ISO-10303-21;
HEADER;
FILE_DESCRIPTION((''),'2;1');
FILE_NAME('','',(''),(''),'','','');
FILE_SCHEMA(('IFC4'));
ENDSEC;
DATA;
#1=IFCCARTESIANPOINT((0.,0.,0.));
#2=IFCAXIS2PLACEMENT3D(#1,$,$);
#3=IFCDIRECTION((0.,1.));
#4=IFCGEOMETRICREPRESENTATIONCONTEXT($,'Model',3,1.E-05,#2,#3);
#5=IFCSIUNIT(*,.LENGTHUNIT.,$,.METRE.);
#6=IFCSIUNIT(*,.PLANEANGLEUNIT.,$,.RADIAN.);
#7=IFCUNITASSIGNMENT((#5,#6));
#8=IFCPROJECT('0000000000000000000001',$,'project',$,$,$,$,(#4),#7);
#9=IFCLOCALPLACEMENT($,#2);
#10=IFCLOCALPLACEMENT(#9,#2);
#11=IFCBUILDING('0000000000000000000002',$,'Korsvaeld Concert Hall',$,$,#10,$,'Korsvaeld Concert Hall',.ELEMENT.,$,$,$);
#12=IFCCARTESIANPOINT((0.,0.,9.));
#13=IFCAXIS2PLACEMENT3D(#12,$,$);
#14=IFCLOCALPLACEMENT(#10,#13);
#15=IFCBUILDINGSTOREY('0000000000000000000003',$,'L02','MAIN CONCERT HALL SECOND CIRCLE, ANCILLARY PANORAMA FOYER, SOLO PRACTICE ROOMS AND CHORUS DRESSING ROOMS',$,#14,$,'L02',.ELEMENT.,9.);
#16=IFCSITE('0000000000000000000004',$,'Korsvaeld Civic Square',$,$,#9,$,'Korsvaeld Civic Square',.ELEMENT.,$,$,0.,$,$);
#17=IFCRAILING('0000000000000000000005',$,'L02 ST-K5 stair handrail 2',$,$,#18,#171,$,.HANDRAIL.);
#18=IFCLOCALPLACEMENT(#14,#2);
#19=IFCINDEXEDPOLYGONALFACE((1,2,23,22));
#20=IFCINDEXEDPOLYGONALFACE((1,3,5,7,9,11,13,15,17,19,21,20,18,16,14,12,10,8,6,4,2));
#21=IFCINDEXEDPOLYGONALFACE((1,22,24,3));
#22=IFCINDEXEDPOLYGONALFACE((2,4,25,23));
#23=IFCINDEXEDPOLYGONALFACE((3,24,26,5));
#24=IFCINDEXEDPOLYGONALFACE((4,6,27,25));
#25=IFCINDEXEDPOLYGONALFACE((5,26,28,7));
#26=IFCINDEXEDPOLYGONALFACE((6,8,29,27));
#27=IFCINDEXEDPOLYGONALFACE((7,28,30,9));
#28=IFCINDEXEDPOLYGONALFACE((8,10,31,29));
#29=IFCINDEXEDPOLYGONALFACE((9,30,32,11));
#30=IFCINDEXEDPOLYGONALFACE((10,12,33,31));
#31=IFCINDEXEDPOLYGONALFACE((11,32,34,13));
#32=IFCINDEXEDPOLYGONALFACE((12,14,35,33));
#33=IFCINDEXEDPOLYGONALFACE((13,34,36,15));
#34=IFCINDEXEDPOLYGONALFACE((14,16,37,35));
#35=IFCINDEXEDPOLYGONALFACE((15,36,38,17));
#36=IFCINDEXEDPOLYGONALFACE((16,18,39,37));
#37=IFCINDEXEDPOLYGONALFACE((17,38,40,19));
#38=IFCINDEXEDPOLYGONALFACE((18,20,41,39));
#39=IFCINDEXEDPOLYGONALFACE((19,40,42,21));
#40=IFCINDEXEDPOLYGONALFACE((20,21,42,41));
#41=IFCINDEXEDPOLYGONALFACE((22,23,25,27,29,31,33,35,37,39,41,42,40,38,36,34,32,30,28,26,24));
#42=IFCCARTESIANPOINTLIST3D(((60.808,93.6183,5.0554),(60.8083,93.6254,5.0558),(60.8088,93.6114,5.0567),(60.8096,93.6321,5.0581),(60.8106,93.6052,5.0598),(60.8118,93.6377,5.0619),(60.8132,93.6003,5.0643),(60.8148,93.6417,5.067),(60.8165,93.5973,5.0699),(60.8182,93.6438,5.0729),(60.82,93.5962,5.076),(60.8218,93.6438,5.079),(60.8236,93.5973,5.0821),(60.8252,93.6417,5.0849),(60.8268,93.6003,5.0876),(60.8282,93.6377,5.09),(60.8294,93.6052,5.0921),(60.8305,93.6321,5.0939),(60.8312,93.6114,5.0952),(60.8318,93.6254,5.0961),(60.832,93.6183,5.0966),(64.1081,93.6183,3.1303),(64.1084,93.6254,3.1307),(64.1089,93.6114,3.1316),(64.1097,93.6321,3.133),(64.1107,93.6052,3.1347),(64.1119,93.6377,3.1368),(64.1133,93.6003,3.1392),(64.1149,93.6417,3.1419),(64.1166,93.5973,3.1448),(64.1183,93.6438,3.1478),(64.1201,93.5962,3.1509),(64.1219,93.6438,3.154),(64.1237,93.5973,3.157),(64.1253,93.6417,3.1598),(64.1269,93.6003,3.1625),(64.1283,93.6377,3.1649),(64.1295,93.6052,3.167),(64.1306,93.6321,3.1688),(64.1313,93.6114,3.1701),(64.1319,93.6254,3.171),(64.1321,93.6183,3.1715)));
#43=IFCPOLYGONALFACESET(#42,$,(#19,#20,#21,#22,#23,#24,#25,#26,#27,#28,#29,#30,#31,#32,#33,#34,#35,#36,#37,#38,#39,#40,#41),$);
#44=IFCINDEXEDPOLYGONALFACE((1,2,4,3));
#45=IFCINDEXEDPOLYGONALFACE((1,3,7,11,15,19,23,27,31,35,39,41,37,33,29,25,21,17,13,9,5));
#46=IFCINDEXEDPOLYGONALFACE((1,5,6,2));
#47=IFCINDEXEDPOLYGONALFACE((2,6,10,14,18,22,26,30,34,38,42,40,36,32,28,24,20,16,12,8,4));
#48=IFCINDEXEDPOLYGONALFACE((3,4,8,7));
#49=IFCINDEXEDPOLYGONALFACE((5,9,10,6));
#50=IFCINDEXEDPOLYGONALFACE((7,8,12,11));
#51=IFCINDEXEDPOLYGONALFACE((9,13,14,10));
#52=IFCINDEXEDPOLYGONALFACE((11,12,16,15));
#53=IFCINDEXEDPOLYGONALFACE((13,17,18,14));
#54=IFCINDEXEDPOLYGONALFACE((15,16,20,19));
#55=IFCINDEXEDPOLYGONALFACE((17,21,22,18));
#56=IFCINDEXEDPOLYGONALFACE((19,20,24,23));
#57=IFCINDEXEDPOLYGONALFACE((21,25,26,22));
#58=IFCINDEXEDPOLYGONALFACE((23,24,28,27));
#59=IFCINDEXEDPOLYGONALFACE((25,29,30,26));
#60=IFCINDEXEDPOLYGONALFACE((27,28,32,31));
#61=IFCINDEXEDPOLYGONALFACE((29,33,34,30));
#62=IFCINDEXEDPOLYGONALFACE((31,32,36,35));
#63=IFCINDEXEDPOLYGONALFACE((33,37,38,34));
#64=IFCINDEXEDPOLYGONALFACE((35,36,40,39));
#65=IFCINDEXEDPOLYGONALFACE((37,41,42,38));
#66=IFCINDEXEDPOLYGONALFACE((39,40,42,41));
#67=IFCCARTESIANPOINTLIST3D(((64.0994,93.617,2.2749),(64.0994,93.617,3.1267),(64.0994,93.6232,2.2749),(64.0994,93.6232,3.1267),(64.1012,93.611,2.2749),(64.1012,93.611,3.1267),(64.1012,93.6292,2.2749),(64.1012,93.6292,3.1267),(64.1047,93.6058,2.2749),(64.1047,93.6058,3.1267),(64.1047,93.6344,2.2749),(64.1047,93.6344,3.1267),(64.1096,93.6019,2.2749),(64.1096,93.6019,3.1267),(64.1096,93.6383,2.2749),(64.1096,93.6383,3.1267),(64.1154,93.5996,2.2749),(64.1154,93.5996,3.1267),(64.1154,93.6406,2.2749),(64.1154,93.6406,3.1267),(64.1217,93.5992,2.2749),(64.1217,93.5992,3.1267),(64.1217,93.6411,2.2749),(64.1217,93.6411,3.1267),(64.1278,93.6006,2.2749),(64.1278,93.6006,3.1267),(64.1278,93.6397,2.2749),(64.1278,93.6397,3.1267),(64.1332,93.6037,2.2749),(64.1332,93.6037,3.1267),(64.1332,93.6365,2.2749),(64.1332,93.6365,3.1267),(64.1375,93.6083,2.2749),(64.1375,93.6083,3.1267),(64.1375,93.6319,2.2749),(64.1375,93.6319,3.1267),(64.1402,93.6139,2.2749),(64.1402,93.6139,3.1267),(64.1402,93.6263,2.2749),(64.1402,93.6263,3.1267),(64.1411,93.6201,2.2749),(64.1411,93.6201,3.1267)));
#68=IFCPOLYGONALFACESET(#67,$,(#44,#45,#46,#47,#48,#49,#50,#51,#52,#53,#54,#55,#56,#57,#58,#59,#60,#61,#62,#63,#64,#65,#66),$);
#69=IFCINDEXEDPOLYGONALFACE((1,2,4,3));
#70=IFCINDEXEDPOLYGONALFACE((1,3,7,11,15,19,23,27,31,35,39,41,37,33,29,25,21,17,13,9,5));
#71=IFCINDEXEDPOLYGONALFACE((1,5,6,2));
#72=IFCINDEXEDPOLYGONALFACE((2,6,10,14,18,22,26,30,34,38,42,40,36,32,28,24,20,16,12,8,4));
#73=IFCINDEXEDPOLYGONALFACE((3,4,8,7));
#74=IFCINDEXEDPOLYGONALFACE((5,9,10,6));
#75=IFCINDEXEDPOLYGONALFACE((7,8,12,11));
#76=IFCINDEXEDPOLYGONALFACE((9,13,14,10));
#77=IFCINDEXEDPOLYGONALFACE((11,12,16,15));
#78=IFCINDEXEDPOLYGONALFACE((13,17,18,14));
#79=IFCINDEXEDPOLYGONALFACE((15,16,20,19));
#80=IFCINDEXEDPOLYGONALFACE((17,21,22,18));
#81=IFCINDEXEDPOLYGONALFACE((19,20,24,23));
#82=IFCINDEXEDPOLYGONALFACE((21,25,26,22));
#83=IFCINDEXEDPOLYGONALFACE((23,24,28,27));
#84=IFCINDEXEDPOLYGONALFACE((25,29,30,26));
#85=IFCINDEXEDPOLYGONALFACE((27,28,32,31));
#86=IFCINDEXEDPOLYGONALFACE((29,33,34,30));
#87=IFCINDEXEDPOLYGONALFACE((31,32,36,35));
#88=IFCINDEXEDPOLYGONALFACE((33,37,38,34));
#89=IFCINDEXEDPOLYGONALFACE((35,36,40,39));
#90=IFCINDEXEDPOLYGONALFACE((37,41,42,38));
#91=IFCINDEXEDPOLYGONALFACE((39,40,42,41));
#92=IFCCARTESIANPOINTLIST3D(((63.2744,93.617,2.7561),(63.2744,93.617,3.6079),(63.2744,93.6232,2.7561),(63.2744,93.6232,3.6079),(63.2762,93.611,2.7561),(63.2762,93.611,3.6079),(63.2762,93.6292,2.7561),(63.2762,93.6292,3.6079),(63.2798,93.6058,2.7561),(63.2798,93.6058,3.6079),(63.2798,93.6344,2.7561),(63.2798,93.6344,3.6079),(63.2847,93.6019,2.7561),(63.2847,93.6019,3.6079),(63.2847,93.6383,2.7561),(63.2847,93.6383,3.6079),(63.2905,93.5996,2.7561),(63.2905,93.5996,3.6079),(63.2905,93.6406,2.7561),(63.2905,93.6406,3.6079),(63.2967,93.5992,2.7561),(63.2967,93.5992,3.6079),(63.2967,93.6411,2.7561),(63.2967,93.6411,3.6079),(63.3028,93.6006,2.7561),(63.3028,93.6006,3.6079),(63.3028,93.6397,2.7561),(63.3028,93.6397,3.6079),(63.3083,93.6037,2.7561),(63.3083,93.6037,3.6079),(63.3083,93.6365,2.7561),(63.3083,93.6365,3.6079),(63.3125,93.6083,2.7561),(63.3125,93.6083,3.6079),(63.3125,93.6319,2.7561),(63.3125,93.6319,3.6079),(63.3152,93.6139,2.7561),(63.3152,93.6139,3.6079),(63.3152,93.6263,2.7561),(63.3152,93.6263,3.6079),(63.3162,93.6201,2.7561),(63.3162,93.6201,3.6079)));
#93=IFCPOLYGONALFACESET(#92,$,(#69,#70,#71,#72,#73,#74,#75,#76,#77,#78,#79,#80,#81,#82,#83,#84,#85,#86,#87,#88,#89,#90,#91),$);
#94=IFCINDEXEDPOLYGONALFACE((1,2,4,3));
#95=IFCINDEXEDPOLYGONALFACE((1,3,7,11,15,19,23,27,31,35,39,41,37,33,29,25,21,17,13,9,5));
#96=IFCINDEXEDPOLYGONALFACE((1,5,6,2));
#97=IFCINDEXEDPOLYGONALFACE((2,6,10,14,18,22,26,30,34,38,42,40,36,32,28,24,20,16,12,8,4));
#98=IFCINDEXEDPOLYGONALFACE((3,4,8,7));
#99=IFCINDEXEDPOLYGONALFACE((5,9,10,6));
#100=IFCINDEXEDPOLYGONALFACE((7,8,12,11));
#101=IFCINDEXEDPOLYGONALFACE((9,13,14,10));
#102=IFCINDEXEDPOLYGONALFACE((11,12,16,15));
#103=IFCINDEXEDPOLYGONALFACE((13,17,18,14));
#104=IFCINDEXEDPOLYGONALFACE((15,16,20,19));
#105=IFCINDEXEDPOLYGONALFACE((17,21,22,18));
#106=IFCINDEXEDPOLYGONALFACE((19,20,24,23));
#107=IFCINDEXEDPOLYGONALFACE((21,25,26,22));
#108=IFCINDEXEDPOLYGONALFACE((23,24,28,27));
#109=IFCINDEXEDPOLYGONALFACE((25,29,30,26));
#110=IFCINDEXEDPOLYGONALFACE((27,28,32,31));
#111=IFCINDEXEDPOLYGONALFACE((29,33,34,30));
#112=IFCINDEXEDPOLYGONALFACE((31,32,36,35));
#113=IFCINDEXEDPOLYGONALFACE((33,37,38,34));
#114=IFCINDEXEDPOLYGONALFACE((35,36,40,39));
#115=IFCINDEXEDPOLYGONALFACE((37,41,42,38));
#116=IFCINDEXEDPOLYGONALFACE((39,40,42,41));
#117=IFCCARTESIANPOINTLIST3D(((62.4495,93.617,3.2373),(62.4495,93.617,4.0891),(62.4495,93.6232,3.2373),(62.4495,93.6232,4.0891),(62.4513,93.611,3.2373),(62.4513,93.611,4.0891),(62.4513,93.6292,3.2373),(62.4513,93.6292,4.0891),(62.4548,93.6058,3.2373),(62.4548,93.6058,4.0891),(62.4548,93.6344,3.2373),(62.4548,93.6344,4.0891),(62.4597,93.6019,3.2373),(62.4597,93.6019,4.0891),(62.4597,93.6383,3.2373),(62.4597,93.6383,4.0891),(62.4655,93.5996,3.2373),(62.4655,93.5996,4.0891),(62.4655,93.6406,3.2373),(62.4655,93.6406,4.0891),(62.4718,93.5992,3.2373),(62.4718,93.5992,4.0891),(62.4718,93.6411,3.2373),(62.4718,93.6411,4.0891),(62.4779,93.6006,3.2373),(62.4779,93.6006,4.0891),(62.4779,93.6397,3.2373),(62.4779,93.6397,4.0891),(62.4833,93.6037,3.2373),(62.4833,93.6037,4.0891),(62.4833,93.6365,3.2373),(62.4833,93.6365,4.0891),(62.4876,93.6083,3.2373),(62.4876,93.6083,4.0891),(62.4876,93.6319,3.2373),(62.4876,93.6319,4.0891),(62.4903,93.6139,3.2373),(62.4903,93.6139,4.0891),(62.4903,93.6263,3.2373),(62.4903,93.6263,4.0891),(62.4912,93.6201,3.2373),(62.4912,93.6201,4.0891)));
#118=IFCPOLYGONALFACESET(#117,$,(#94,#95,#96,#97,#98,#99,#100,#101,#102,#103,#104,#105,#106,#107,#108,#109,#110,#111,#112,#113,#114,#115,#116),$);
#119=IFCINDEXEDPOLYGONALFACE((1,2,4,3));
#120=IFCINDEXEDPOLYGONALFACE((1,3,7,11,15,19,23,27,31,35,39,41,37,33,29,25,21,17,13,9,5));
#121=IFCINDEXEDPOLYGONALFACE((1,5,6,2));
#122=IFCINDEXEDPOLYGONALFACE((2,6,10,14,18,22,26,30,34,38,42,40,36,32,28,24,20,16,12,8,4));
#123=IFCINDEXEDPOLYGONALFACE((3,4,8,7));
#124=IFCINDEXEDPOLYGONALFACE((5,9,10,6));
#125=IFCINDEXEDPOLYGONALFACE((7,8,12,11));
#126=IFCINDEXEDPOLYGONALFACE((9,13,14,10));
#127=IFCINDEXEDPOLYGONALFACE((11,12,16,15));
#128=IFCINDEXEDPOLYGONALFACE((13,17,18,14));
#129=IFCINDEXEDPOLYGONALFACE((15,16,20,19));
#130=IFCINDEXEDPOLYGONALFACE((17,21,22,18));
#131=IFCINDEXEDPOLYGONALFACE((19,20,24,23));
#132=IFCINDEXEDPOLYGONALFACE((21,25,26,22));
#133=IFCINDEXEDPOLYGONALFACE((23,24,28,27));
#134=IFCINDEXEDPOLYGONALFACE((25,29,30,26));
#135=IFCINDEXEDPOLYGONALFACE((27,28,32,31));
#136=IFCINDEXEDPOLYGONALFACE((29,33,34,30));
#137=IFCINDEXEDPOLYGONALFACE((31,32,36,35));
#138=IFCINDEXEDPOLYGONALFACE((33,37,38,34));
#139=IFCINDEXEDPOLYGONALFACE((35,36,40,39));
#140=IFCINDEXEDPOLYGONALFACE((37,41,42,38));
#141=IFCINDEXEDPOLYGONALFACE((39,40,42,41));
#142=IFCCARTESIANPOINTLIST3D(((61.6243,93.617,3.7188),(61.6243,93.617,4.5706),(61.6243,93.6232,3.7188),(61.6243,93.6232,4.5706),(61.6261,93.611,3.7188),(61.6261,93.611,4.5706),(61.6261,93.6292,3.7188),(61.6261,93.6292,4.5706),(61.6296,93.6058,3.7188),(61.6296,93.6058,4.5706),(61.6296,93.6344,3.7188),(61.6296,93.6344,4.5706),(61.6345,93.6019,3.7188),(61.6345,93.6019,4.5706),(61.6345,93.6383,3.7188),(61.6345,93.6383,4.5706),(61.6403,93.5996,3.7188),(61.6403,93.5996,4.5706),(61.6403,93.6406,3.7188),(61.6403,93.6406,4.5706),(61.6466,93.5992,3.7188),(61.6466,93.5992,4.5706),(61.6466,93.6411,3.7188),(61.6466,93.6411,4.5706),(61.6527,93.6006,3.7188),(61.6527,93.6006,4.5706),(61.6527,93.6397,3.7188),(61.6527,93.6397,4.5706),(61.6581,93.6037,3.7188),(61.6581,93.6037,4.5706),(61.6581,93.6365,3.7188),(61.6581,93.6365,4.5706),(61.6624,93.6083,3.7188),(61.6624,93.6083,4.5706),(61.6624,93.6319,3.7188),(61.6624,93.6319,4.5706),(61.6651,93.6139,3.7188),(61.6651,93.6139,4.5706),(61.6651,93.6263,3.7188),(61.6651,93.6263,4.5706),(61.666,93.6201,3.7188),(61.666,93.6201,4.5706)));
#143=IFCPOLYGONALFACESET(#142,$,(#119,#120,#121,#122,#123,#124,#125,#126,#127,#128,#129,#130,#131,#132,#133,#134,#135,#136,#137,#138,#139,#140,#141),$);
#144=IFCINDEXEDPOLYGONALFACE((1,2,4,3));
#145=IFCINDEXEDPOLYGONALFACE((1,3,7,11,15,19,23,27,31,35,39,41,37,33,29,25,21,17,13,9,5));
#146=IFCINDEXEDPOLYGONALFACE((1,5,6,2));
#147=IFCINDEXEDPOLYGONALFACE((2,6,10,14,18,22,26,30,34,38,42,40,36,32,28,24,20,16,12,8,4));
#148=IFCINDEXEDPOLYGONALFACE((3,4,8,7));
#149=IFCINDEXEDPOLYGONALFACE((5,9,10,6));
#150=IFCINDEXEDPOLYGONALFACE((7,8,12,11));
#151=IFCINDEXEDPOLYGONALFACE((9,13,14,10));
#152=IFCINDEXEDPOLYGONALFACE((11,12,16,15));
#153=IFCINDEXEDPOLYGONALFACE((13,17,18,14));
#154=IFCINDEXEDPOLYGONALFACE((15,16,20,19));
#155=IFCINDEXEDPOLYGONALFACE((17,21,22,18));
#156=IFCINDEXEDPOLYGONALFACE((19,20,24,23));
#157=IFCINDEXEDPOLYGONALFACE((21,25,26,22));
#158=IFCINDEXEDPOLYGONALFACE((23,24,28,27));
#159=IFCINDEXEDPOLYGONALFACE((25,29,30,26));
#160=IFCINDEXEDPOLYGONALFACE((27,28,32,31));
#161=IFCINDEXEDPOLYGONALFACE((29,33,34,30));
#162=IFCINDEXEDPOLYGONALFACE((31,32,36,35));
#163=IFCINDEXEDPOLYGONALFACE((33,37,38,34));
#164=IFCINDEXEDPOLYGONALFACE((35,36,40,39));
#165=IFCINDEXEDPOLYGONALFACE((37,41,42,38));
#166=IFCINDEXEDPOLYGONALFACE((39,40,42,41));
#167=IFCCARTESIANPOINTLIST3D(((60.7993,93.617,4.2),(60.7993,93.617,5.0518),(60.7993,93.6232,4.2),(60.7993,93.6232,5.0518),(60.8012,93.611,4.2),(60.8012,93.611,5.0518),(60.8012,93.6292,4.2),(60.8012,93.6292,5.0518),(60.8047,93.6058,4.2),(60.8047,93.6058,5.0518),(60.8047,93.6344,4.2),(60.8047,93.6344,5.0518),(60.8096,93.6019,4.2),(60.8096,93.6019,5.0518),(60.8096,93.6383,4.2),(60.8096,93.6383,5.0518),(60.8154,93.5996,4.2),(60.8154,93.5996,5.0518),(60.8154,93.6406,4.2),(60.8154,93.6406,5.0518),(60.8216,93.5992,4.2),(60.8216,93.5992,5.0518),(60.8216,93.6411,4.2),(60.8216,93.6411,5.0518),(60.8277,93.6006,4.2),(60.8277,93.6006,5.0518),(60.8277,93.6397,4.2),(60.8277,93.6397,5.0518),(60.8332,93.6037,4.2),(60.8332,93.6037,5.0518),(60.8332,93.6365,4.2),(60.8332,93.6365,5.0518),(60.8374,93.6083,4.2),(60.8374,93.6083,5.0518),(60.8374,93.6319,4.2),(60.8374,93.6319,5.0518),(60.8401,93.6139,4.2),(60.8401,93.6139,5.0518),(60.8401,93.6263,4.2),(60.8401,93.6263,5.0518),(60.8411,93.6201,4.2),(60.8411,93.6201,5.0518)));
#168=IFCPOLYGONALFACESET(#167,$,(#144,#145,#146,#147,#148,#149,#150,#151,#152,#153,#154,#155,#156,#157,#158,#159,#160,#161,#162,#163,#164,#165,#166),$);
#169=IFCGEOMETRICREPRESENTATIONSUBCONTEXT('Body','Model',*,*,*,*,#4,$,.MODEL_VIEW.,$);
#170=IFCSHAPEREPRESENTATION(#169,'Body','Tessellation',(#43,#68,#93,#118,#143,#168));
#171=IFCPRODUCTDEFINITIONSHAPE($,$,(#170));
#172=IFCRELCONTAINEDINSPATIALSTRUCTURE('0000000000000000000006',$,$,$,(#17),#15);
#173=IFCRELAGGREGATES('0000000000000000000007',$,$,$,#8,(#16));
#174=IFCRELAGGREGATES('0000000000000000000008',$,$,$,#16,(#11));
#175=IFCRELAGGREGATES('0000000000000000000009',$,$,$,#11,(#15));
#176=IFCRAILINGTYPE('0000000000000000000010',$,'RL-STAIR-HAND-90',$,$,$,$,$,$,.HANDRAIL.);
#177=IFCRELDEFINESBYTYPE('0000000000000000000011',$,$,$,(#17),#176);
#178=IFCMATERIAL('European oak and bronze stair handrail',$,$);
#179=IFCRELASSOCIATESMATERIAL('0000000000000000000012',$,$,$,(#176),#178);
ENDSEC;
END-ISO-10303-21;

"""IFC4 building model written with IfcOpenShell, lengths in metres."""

from ifc_helpers import new_model, si_unit, direction, frame, origin, origin_2d, place, context, subcontext, project, spatial, circle, extrude, material, type_object, element, save


model = new_model("IFC4")

# Units and contexts
model_context = context("Model", 3, precision=1e-05, world=origin(), true_north=direction((0.0, 1.0)))
body_context = subcontext(model_context, "Body", "Model", "MODEL_VIEW")
ifc_project = project(units=[si_unit("LENGTHUNIT", "METRE"), si_unit("PLANEANGLEUNIT", "RADIAN")], contexts=[model_context])

# Site, building, storey
site_placement = place(None, origin())
site = spatial("IfcSite", under=ifc_project, at=site_placement, Name="Korsvaeld Civic Square", LongName="Korsvaeld Civic Square", CompositionType="ELEMENT", RefElevation=0.0)
building_placement = place(site_placement, origin())
building = spatial("IfcBuilding", under=site, at=building_placement, Name="Korsvaeld Concert Hall", LongName="Korsvaeld Concert Hall", CompositionType="ELEMENT")
storey_placement = place(building_placement, frame((0.0, 0.0, 9.0)))
storey = spatial("IfcBuildingStorey", under=building, at=storey_placement, Name="L02", Description="MAIN CONCERT HALL SECOND CIRCLE, ANCILLARY PANORAMA FOYER, SOLO PRACTICE ROOMS AND CHORUS DRESSING ROOMS", LongName="L02", CompositionType="ELEMENT", Elevation=9.0)

# Railing
ifc_material_1 = material(Name="European oak and bronze stair handrail")
railing_type_1 = type_object("IfcRailingType", Name="RL-STAIR-HAND-90", PredefinedType="HANDRAIL", material=ifc_material_1)
railing_1_placement = place(storey_placement, frame((64.1201, 93.6201, 2.2749)))
element("IfcRailing", 1, at=railing_1_placement, inside=storey, type_object=railing_type_1, Name="L02 ST-K5 stair handrail 2", PredefinedType="HANDRAIL", context=body_context, shape_type="SweptSolid", body=[
    extrude(circle(Radius=0.0239, at=origin_2d()), frame((0.0, 0.0, 0.876), z_axis=(-0.863777, 0.0, 0.503875), x_axis=(0.0, -1.0, 0.0)), (0.0, 0.0, 1.0), 3.8206),
    extrude(circle(Radius=0.021, at=origin_2d()), origin(), (0.0, 0.0, 1.0), 0.8518),
    extrude(circle(Radius=0.021, at=origin_2d()), frame((-0.825, 0.0, 0.4812)), (0.0, 0.0, 1.0), 0.8518),
    extrude(circle(Radius=0.021, at=origin_2d()), frame((-1.6499, 0.0, 0.9624)), (0.0, 0.0, 1.0), 0.8518),
    extrude(circle(Radius=0.021, at=origin_2d()), frame((-2.4751, 0.0, 1.4438)), (0.0, 0.0, 1.0), 0.8518),
    extrude(circle(Radius=0.021, at=origin_2d()), frame((-3.3, 0.0, 1.925)), (0.0, 0.0, 1.0), 0.8518),
])

save(model, "model.ifc")
